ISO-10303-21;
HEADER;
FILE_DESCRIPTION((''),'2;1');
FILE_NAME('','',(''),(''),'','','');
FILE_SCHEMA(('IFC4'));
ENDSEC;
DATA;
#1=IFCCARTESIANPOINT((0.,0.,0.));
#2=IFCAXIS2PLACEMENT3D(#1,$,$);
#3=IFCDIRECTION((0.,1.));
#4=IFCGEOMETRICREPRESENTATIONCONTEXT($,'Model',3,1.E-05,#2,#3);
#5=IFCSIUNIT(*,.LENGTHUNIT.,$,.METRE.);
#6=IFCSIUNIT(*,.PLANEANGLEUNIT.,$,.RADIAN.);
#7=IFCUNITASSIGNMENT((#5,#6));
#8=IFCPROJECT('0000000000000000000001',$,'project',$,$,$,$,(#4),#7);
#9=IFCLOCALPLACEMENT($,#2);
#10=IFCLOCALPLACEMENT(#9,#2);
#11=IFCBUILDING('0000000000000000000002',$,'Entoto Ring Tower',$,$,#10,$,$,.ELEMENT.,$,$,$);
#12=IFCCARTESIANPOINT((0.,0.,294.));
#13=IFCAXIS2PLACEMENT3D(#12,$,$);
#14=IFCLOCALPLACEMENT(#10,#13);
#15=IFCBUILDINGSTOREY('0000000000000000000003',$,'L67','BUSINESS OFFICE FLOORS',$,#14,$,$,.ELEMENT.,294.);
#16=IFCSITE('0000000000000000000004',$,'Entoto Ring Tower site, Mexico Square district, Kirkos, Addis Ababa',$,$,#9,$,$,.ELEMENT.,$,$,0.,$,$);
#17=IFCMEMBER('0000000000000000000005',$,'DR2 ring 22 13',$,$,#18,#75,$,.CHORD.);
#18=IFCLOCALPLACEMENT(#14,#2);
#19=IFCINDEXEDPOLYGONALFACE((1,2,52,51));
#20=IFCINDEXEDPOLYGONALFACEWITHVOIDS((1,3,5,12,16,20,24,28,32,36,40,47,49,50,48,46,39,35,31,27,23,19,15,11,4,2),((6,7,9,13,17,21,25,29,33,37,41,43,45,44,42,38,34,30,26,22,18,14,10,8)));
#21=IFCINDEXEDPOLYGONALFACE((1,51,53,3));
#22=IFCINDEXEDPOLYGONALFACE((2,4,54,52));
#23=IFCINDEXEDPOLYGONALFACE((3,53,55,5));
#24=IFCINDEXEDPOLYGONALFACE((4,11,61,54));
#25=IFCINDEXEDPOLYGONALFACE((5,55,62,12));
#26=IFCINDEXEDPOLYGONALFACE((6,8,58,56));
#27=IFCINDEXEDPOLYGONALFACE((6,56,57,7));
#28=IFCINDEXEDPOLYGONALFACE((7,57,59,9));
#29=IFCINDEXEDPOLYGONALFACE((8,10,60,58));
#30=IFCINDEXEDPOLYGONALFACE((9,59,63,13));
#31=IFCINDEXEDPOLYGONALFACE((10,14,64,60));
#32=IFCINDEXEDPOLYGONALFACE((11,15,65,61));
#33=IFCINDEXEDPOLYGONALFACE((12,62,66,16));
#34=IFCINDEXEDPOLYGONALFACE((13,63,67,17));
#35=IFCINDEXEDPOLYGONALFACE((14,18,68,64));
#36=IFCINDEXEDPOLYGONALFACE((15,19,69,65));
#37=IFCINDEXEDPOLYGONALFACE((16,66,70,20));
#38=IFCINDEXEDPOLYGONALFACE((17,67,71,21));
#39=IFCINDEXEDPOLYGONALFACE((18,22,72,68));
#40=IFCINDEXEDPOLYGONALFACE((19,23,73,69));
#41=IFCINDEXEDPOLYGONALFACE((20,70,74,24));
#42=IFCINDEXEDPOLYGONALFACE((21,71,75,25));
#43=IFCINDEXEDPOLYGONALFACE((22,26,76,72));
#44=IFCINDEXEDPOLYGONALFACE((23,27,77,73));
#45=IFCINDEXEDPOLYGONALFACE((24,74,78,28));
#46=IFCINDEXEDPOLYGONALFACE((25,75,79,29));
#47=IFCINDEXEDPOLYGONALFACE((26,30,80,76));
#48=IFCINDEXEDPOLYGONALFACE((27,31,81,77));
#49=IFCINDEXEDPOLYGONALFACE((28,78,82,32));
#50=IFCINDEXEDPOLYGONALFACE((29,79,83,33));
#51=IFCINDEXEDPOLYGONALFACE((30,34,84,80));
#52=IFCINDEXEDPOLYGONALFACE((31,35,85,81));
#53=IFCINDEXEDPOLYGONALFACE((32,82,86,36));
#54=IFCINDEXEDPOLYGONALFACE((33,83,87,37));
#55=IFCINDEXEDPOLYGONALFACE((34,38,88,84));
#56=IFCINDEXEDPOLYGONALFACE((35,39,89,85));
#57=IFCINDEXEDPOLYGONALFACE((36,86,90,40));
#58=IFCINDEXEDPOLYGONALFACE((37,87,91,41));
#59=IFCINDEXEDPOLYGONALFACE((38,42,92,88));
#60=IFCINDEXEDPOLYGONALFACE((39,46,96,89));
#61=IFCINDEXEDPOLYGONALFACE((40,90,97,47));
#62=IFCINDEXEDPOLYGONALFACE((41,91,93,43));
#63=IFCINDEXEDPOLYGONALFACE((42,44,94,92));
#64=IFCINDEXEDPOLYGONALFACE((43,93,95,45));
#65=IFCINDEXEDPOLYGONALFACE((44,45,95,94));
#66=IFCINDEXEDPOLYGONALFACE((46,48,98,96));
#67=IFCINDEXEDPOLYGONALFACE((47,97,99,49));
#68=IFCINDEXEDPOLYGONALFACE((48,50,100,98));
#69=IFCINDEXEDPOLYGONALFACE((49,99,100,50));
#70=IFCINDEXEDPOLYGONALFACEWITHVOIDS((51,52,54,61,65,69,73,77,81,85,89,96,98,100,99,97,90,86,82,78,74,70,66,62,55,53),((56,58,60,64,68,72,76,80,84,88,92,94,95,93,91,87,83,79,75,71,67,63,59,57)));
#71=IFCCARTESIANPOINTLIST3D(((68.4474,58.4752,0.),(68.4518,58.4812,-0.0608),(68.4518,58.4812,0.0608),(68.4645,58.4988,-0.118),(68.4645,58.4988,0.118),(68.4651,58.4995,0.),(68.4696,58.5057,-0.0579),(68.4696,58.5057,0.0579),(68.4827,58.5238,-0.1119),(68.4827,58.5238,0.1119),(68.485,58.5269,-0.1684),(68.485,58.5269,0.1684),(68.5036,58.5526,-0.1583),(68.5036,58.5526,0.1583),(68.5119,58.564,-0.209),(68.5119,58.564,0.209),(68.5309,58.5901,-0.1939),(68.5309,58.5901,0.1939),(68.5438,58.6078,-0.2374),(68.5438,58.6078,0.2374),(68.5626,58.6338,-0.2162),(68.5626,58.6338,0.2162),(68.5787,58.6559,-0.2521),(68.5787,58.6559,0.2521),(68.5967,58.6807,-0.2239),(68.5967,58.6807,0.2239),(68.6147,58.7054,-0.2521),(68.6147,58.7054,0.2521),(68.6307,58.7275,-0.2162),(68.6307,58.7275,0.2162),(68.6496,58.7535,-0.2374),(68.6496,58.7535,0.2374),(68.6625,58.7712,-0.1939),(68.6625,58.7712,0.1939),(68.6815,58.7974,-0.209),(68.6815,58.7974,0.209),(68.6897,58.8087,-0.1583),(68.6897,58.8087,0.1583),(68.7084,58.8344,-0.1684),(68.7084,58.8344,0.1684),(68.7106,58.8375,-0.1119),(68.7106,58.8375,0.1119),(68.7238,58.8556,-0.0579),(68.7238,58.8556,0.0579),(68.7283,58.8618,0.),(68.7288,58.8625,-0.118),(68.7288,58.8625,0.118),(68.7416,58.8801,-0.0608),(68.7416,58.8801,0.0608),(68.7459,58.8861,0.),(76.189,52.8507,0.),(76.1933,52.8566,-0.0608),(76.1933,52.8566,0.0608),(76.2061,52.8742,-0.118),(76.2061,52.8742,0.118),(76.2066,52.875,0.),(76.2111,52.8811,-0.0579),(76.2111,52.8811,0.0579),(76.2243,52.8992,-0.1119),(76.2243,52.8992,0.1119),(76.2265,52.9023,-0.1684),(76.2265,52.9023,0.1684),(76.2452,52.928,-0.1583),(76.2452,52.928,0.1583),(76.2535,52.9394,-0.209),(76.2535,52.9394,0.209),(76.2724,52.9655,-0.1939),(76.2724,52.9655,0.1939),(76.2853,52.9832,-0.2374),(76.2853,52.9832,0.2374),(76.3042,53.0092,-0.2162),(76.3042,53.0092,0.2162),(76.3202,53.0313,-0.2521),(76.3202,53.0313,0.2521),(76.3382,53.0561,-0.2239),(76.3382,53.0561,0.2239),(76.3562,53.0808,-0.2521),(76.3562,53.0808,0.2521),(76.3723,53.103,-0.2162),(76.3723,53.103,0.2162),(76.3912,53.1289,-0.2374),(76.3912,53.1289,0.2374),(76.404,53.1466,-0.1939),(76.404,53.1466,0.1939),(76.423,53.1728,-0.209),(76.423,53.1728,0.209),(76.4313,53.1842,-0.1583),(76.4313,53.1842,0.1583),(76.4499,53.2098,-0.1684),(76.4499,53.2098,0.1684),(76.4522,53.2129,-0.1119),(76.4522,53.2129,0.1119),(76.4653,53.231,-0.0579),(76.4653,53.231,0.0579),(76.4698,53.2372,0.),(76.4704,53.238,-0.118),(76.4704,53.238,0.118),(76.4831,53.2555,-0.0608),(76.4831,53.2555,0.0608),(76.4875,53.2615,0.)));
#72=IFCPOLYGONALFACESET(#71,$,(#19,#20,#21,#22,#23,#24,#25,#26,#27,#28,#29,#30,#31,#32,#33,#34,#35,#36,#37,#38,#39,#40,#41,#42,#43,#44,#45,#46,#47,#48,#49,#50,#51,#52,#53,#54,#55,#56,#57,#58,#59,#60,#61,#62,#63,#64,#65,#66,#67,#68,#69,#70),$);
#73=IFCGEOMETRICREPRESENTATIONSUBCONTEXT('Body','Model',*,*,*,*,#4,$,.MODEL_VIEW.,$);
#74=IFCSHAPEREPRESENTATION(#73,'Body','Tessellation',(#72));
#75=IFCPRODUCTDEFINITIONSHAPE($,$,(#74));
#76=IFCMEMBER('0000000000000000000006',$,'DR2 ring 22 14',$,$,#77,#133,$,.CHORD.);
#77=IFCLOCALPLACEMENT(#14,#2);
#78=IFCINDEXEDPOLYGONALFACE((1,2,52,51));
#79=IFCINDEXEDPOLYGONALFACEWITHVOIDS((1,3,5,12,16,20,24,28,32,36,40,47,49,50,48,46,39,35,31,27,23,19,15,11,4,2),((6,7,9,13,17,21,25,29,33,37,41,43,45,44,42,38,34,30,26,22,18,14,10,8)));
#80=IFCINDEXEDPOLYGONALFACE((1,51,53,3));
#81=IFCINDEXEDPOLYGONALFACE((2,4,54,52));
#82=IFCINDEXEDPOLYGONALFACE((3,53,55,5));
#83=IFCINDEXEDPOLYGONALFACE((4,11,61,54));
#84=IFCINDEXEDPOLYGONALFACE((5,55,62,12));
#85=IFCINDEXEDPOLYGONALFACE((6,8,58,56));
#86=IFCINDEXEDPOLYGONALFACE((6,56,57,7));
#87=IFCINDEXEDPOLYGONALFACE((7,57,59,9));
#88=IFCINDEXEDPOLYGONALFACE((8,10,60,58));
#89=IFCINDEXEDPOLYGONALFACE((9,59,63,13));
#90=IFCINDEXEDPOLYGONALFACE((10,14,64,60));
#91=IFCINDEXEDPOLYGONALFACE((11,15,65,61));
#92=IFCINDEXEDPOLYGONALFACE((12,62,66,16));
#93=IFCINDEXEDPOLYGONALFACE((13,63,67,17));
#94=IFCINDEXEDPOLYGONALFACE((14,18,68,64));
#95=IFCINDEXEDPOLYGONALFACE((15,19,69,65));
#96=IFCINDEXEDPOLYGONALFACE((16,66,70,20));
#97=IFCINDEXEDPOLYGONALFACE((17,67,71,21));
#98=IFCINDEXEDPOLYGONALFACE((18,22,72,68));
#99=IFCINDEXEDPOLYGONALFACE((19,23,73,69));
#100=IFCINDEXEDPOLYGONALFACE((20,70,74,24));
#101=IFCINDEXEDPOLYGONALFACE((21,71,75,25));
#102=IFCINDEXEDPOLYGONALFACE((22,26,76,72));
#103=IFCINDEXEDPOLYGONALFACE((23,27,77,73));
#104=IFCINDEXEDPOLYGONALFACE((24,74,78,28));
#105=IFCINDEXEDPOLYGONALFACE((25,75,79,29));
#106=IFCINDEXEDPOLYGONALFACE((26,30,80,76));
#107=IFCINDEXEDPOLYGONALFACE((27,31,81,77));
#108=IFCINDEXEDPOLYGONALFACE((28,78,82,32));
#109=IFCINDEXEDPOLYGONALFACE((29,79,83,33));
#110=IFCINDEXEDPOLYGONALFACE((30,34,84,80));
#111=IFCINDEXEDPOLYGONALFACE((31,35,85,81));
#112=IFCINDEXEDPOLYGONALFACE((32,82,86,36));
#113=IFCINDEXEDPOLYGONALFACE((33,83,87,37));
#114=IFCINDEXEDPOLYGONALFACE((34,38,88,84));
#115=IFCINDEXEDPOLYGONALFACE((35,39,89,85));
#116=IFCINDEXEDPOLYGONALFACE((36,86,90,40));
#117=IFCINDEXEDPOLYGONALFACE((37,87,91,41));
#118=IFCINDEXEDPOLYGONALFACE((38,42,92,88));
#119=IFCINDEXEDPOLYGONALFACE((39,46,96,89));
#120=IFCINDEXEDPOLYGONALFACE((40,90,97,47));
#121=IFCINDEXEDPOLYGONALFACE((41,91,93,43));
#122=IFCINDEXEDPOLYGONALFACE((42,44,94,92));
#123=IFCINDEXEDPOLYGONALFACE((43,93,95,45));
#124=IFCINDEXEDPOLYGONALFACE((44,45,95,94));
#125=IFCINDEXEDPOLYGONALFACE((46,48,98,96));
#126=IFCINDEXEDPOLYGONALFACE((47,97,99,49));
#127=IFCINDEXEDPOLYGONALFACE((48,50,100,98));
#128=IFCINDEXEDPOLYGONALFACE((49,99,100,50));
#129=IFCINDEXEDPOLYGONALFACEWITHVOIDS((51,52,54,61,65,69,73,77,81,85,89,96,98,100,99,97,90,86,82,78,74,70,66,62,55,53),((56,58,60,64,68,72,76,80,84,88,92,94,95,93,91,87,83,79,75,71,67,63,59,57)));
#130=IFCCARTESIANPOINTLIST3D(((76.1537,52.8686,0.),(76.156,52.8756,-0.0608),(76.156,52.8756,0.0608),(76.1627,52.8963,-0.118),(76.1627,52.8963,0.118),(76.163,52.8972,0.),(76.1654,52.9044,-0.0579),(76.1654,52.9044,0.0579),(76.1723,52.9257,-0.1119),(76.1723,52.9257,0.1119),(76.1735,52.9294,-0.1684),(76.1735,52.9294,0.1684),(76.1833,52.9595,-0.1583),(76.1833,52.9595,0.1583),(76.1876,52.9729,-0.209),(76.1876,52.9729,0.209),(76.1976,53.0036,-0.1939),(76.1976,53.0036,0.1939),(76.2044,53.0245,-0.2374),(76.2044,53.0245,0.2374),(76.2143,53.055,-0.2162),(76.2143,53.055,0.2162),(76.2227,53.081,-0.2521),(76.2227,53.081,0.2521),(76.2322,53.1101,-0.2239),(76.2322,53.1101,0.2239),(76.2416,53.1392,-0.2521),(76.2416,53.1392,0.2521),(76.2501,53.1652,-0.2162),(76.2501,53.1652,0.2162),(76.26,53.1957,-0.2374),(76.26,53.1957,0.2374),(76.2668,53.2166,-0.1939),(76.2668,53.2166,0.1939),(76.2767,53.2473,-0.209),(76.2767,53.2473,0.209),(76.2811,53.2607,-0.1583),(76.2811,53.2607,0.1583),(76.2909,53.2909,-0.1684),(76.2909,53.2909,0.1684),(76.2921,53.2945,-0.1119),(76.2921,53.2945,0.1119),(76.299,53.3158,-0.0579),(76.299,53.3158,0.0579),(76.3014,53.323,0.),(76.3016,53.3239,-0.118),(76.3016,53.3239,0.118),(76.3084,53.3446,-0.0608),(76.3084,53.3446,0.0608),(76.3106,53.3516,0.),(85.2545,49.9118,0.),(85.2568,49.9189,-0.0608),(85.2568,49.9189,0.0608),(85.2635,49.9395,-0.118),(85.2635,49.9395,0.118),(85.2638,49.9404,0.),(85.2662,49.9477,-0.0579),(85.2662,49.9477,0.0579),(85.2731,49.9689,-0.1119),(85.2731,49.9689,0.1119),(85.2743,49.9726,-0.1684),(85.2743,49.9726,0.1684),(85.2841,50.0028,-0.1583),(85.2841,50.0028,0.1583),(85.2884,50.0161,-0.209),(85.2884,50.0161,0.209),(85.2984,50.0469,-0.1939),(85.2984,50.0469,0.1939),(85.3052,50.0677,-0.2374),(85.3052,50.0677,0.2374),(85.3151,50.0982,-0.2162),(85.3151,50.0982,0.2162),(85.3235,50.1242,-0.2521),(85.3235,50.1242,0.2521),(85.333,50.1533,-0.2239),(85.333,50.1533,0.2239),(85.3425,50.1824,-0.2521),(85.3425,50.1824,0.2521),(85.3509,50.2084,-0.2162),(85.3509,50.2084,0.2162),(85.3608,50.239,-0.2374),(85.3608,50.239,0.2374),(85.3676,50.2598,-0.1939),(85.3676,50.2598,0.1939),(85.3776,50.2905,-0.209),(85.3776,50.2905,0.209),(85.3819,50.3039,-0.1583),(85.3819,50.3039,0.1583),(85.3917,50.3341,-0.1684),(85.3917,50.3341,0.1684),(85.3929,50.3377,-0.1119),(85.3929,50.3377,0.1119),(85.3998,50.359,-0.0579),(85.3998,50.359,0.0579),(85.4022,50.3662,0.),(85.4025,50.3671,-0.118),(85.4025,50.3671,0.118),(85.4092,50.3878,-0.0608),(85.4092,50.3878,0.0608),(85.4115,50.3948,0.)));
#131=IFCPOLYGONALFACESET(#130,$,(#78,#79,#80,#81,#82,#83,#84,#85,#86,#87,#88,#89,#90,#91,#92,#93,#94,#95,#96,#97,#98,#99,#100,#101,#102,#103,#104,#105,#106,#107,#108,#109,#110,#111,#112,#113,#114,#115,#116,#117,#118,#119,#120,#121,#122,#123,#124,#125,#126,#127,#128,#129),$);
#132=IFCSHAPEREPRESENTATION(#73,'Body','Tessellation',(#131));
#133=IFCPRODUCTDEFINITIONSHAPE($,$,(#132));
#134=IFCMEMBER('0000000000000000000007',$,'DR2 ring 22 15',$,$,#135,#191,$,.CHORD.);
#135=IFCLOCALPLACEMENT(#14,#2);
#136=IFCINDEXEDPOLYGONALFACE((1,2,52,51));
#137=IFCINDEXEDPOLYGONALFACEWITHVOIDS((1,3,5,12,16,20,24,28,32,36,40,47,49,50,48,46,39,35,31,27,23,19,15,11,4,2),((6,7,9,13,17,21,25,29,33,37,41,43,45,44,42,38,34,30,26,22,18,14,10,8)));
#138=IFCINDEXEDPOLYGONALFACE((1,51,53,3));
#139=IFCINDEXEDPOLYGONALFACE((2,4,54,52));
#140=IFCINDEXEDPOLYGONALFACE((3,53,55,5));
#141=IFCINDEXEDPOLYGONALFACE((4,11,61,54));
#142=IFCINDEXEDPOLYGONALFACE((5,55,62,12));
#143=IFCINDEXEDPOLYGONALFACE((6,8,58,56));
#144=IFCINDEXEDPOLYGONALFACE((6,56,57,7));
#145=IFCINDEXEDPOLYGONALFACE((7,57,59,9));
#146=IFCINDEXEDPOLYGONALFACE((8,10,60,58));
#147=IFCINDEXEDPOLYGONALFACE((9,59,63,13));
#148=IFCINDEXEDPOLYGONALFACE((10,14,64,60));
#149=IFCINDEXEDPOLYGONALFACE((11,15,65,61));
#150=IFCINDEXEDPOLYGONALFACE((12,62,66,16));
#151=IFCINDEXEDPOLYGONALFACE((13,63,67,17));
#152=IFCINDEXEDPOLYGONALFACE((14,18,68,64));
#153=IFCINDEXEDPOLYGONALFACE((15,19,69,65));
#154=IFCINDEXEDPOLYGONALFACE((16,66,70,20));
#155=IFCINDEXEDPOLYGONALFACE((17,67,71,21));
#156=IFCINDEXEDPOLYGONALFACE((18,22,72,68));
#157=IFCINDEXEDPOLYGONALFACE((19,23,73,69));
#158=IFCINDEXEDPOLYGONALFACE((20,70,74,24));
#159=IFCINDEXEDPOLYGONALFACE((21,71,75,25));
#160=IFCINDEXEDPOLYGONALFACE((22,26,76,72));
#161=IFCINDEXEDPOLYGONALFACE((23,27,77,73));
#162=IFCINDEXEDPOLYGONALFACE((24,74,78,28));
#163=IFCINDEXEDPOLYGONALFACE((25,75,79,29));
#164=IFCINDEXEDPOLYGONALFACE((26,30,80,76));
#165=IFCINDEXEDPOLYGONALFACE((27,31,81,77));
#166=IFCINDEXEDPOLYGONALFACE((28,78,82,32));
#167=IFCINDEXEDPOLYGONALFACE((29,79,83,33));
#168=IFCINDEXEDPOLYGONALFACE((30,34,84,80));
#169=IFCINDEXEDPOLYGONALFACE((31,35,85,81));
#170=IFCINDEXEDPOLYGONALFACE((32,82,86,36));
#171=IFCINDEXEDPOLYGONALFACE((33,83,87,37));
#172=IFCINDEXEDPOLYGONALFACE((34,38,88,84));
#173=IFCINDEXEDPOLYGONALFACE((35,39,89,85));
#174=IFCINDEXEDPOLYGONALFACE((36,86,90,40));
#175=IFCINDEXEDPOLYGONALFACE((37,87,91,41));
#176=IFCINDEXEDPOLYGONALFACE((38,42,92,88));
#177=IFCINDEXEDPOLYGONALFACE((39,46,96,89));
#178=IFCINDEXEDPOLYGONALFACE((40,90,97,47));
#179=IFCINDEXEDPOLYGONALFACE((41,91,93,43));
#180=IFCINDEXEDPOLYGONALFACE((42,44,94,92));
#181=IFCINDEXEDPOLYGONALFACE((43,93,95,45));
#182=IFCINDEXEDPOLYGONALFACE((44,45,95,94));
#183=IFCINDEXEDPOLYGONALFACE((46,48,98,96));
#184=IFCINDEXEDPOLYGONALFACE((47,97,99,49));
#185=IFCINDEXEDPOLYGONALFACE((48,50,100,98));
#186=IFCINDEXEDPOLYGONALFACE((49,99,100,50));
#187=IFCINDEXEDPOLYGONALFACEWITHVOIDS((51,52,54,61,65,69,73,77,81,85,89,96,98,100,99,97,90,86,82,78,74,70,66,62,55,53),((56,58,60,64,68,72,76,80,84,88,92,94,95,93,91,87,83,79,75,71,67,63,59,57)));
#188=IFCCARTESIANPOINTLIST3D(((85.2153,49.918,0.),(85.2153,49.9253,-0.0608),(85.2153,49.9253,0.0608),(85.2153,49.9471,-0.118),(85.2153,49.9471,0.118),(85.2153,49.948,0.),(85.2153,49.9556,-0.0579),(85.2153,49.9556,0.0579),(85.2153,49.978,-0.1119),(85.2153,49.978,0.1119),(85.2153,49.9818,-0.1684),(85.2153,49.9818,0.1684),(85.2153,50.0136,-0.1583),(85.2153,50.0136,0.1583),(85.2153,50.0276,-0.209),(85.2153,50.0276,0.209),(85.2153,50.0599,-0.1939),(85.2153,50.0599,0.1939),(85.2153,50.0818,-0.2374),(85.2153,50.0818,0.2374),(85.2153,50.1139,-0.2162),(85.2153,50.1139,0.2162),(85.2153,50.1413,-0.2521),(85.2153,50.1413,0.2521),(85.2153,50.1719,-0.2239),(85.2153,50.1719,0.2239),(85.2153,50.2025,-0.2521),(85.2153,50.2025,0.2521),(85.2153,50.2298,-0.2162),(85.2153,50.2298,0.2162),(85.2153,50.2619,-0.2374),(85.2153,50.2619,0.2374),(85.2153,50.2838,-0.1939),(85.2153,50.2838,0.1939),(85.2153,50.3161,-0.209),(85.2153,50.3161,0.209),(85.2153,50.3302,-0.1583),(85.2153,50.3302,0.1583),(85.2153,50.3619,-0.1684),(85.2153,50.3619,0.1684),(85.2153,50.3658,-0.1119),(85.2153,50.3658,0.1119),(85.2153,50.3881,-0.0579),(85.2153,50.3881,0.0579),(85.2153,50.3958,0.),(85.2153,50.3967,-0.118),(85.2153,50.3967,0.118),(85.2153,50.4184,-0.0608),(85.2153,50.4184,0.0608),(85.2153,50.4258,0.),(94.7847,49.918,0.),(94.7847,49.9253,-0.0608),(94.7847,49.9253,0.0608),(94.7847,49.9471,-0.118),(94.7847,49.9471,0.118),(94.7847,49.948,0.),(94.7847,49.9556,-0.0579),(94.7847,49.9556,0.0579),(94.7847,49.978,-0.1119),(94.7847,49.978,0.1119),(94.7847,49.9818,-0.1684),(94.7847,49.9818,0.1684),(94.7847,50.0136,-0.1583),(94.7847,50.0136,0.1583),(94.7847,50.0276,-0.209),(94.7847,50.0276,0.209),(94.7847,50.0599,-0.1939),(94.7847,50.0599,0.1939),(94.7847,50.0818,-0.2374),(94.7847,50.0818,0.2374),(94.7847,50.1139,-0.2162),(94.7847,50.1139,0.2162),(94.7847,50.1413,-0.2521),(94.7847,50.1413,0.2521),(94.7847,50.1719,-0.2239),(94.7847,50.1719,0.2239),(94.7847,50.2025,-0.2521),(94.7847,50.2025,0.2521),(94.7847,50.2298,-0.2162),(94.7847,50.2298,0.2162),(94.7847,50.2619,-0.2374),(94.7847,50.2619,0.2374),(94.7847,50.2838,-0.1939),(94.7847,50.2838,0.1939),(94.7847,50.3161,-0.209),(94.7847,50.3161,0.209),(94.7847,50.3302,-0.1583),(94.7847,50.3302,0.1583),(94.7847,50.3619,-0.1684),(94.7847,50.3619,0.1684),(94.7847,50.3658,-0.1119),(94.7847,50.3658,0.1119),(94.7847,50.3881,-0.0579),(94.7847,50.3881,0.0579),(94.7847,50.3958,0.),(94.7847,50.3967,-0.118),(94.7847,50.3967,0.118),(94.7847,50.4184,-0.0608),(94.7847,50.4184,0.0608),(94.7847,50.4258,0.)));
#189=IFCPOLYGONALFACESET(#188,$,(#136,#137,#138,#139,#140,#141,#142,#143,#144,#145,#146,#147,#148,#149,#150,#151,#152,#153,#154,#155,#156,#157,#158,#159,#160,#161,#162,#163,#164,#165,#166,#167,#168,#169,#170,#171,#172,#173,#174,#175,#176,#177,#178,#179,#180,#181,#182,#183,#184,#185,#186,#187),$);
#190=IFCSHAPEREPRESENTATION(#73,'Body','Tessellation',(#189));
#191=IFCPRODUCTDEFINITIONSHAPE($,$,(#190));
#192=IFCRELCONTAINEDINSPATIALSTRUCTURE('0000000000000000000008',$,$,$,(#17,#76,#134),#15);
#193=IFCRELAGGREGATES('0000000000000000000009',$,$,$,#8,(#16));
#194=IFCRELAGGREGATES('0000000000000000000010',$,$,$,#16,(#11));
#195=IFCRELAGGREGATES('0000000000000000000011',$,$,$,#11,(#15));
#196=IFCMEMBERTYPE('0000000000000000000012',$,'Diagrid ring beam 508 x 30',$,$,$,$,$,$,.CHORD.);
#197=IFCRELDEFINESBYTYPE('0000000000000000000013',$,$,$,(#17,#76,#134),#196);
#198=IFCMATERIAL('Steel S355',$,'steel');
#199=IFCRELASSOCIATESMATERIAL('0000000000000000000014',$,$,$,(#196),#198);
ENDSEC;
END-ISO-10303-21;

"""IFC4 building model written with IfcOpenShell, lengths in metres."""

from ifc_helpers import new_model, si_unit, direction, frame, origin, origin_2d, place, context, subcontext, project, spatial, circle, hollow_circle, extrude, material, material_profile, profile_set, type_object, element, save


model = new_model("IFC4")

# Units and contexts
model_context = context("Model", 3, precision=1e-05, world=origin(), true_north=direction((0.0, 1.0)))
body_context = subcontext(model_context, "Body", "Model", "MODEL_VIEW")
ifc_project = project(units=[si_unit("LENGTHUNIT", "METRE"), si_unit("PLANEANGLEUNIT", "RADIAN")], contexts=[model_context])

# Site, building, storey
site_placement = place(None, origin())
site = spatial("IfcSite", under=ifc_project, at=site_placement, Name="Entoto Ring Tower site, Mexico Square district, Kirkos, Addis Ababa", CompositionType="ELEMENT", RefElevation=0.0)
building_placement = place(site_placement, origin())
building = spatial("IfcBuilding", under=site, at=building_placement, Name="Entoto Ring Tower", CompositionType="ELEMENT")
storey_placement = place(building_placement, frame((0.0, 0.0, 294.0)))
storey = spatial("IfcBuildingStorey", under=building, at=storey_placement, Name="L67", Description="BUSINESS OFFICE FLOORS", CompositionType="ELEMENT", Elevation=294.0)

# Members
ifc_material_1 = material(Name="Steel S355", Category="steel")
ifc_material_profile_1 = material_profile(ifc_material_1, hollow_circle(Radius=0.2539, WallThickness=0.03, at=origin_2d()), Name="CHS 508 x 30")
ifc_material_2 = material(Name="Concrete C60/75", Category="concrete")
ifc_material_profile_2 = material_profile(ifc_material_2, circle(Radius=0.2241, at=origin_2d()), Name="Concrete C60/75 infill")
ifc_profile_set_1 = profile_set([ifc_material_profile_1, ifc_material_profile_2], Name="Steel S355")
member_type_1 = type_object("IfcMemberType", Name="Diagrid ring beam 508 x 30", PredefinedType="CHORD", material=ifc_profile_set_1)
for number, where, z_axis, x_axis, name in (
    (1, (68.5967, 58.6807, 0.0), (0.809016, -0.587786, 0.0), (0.587786, 0.809016, 0.0), "DR2 ring 22 13"),
    (2, (76.2322, 53.1101, 0.0), (0.951064, -0.308993, 0.0), (0.308993, 0.951064, 0.0), "DR2 ring 22 14"),
):
    element("IfcMember", number, at=place(storey_placement, frame(where, z_axis=z_axis, x_axis=x_axis)), inside=storey, type_object=member_type_1, Name=name, PredefinedType="CHORD", context=body_context, shape_type="SweptSolid", body=[
        extrude(hollow_circle(Radius=0.2539, WallThickness=0.03, at=origin_2d()), origin(), (0.0, 0.0, 1.0), 9.5691),
    ])
member_1_placement = place(storey_placement, frame((85.2153, 50.1719, 0.0), z_axis=(1.0, 0.0, 0.0), x_axis=(0.0, 1.0, 0.0)))
element("IfcMember", 3, at=member_1_placement, inside=storey, type_object=member_type_1, Name="DR2 ring 22 15", PredefinedType="CHORD", context=body_context, shape_type="SweptSolid", body=[
    extrude(hollow_circle(Radius=0.2539, WallThickness=0.03, at=origin_2d()), origin(), (0.0, 0.0, 1.0), 9.5693),
])

save(model, "model.ifc")
